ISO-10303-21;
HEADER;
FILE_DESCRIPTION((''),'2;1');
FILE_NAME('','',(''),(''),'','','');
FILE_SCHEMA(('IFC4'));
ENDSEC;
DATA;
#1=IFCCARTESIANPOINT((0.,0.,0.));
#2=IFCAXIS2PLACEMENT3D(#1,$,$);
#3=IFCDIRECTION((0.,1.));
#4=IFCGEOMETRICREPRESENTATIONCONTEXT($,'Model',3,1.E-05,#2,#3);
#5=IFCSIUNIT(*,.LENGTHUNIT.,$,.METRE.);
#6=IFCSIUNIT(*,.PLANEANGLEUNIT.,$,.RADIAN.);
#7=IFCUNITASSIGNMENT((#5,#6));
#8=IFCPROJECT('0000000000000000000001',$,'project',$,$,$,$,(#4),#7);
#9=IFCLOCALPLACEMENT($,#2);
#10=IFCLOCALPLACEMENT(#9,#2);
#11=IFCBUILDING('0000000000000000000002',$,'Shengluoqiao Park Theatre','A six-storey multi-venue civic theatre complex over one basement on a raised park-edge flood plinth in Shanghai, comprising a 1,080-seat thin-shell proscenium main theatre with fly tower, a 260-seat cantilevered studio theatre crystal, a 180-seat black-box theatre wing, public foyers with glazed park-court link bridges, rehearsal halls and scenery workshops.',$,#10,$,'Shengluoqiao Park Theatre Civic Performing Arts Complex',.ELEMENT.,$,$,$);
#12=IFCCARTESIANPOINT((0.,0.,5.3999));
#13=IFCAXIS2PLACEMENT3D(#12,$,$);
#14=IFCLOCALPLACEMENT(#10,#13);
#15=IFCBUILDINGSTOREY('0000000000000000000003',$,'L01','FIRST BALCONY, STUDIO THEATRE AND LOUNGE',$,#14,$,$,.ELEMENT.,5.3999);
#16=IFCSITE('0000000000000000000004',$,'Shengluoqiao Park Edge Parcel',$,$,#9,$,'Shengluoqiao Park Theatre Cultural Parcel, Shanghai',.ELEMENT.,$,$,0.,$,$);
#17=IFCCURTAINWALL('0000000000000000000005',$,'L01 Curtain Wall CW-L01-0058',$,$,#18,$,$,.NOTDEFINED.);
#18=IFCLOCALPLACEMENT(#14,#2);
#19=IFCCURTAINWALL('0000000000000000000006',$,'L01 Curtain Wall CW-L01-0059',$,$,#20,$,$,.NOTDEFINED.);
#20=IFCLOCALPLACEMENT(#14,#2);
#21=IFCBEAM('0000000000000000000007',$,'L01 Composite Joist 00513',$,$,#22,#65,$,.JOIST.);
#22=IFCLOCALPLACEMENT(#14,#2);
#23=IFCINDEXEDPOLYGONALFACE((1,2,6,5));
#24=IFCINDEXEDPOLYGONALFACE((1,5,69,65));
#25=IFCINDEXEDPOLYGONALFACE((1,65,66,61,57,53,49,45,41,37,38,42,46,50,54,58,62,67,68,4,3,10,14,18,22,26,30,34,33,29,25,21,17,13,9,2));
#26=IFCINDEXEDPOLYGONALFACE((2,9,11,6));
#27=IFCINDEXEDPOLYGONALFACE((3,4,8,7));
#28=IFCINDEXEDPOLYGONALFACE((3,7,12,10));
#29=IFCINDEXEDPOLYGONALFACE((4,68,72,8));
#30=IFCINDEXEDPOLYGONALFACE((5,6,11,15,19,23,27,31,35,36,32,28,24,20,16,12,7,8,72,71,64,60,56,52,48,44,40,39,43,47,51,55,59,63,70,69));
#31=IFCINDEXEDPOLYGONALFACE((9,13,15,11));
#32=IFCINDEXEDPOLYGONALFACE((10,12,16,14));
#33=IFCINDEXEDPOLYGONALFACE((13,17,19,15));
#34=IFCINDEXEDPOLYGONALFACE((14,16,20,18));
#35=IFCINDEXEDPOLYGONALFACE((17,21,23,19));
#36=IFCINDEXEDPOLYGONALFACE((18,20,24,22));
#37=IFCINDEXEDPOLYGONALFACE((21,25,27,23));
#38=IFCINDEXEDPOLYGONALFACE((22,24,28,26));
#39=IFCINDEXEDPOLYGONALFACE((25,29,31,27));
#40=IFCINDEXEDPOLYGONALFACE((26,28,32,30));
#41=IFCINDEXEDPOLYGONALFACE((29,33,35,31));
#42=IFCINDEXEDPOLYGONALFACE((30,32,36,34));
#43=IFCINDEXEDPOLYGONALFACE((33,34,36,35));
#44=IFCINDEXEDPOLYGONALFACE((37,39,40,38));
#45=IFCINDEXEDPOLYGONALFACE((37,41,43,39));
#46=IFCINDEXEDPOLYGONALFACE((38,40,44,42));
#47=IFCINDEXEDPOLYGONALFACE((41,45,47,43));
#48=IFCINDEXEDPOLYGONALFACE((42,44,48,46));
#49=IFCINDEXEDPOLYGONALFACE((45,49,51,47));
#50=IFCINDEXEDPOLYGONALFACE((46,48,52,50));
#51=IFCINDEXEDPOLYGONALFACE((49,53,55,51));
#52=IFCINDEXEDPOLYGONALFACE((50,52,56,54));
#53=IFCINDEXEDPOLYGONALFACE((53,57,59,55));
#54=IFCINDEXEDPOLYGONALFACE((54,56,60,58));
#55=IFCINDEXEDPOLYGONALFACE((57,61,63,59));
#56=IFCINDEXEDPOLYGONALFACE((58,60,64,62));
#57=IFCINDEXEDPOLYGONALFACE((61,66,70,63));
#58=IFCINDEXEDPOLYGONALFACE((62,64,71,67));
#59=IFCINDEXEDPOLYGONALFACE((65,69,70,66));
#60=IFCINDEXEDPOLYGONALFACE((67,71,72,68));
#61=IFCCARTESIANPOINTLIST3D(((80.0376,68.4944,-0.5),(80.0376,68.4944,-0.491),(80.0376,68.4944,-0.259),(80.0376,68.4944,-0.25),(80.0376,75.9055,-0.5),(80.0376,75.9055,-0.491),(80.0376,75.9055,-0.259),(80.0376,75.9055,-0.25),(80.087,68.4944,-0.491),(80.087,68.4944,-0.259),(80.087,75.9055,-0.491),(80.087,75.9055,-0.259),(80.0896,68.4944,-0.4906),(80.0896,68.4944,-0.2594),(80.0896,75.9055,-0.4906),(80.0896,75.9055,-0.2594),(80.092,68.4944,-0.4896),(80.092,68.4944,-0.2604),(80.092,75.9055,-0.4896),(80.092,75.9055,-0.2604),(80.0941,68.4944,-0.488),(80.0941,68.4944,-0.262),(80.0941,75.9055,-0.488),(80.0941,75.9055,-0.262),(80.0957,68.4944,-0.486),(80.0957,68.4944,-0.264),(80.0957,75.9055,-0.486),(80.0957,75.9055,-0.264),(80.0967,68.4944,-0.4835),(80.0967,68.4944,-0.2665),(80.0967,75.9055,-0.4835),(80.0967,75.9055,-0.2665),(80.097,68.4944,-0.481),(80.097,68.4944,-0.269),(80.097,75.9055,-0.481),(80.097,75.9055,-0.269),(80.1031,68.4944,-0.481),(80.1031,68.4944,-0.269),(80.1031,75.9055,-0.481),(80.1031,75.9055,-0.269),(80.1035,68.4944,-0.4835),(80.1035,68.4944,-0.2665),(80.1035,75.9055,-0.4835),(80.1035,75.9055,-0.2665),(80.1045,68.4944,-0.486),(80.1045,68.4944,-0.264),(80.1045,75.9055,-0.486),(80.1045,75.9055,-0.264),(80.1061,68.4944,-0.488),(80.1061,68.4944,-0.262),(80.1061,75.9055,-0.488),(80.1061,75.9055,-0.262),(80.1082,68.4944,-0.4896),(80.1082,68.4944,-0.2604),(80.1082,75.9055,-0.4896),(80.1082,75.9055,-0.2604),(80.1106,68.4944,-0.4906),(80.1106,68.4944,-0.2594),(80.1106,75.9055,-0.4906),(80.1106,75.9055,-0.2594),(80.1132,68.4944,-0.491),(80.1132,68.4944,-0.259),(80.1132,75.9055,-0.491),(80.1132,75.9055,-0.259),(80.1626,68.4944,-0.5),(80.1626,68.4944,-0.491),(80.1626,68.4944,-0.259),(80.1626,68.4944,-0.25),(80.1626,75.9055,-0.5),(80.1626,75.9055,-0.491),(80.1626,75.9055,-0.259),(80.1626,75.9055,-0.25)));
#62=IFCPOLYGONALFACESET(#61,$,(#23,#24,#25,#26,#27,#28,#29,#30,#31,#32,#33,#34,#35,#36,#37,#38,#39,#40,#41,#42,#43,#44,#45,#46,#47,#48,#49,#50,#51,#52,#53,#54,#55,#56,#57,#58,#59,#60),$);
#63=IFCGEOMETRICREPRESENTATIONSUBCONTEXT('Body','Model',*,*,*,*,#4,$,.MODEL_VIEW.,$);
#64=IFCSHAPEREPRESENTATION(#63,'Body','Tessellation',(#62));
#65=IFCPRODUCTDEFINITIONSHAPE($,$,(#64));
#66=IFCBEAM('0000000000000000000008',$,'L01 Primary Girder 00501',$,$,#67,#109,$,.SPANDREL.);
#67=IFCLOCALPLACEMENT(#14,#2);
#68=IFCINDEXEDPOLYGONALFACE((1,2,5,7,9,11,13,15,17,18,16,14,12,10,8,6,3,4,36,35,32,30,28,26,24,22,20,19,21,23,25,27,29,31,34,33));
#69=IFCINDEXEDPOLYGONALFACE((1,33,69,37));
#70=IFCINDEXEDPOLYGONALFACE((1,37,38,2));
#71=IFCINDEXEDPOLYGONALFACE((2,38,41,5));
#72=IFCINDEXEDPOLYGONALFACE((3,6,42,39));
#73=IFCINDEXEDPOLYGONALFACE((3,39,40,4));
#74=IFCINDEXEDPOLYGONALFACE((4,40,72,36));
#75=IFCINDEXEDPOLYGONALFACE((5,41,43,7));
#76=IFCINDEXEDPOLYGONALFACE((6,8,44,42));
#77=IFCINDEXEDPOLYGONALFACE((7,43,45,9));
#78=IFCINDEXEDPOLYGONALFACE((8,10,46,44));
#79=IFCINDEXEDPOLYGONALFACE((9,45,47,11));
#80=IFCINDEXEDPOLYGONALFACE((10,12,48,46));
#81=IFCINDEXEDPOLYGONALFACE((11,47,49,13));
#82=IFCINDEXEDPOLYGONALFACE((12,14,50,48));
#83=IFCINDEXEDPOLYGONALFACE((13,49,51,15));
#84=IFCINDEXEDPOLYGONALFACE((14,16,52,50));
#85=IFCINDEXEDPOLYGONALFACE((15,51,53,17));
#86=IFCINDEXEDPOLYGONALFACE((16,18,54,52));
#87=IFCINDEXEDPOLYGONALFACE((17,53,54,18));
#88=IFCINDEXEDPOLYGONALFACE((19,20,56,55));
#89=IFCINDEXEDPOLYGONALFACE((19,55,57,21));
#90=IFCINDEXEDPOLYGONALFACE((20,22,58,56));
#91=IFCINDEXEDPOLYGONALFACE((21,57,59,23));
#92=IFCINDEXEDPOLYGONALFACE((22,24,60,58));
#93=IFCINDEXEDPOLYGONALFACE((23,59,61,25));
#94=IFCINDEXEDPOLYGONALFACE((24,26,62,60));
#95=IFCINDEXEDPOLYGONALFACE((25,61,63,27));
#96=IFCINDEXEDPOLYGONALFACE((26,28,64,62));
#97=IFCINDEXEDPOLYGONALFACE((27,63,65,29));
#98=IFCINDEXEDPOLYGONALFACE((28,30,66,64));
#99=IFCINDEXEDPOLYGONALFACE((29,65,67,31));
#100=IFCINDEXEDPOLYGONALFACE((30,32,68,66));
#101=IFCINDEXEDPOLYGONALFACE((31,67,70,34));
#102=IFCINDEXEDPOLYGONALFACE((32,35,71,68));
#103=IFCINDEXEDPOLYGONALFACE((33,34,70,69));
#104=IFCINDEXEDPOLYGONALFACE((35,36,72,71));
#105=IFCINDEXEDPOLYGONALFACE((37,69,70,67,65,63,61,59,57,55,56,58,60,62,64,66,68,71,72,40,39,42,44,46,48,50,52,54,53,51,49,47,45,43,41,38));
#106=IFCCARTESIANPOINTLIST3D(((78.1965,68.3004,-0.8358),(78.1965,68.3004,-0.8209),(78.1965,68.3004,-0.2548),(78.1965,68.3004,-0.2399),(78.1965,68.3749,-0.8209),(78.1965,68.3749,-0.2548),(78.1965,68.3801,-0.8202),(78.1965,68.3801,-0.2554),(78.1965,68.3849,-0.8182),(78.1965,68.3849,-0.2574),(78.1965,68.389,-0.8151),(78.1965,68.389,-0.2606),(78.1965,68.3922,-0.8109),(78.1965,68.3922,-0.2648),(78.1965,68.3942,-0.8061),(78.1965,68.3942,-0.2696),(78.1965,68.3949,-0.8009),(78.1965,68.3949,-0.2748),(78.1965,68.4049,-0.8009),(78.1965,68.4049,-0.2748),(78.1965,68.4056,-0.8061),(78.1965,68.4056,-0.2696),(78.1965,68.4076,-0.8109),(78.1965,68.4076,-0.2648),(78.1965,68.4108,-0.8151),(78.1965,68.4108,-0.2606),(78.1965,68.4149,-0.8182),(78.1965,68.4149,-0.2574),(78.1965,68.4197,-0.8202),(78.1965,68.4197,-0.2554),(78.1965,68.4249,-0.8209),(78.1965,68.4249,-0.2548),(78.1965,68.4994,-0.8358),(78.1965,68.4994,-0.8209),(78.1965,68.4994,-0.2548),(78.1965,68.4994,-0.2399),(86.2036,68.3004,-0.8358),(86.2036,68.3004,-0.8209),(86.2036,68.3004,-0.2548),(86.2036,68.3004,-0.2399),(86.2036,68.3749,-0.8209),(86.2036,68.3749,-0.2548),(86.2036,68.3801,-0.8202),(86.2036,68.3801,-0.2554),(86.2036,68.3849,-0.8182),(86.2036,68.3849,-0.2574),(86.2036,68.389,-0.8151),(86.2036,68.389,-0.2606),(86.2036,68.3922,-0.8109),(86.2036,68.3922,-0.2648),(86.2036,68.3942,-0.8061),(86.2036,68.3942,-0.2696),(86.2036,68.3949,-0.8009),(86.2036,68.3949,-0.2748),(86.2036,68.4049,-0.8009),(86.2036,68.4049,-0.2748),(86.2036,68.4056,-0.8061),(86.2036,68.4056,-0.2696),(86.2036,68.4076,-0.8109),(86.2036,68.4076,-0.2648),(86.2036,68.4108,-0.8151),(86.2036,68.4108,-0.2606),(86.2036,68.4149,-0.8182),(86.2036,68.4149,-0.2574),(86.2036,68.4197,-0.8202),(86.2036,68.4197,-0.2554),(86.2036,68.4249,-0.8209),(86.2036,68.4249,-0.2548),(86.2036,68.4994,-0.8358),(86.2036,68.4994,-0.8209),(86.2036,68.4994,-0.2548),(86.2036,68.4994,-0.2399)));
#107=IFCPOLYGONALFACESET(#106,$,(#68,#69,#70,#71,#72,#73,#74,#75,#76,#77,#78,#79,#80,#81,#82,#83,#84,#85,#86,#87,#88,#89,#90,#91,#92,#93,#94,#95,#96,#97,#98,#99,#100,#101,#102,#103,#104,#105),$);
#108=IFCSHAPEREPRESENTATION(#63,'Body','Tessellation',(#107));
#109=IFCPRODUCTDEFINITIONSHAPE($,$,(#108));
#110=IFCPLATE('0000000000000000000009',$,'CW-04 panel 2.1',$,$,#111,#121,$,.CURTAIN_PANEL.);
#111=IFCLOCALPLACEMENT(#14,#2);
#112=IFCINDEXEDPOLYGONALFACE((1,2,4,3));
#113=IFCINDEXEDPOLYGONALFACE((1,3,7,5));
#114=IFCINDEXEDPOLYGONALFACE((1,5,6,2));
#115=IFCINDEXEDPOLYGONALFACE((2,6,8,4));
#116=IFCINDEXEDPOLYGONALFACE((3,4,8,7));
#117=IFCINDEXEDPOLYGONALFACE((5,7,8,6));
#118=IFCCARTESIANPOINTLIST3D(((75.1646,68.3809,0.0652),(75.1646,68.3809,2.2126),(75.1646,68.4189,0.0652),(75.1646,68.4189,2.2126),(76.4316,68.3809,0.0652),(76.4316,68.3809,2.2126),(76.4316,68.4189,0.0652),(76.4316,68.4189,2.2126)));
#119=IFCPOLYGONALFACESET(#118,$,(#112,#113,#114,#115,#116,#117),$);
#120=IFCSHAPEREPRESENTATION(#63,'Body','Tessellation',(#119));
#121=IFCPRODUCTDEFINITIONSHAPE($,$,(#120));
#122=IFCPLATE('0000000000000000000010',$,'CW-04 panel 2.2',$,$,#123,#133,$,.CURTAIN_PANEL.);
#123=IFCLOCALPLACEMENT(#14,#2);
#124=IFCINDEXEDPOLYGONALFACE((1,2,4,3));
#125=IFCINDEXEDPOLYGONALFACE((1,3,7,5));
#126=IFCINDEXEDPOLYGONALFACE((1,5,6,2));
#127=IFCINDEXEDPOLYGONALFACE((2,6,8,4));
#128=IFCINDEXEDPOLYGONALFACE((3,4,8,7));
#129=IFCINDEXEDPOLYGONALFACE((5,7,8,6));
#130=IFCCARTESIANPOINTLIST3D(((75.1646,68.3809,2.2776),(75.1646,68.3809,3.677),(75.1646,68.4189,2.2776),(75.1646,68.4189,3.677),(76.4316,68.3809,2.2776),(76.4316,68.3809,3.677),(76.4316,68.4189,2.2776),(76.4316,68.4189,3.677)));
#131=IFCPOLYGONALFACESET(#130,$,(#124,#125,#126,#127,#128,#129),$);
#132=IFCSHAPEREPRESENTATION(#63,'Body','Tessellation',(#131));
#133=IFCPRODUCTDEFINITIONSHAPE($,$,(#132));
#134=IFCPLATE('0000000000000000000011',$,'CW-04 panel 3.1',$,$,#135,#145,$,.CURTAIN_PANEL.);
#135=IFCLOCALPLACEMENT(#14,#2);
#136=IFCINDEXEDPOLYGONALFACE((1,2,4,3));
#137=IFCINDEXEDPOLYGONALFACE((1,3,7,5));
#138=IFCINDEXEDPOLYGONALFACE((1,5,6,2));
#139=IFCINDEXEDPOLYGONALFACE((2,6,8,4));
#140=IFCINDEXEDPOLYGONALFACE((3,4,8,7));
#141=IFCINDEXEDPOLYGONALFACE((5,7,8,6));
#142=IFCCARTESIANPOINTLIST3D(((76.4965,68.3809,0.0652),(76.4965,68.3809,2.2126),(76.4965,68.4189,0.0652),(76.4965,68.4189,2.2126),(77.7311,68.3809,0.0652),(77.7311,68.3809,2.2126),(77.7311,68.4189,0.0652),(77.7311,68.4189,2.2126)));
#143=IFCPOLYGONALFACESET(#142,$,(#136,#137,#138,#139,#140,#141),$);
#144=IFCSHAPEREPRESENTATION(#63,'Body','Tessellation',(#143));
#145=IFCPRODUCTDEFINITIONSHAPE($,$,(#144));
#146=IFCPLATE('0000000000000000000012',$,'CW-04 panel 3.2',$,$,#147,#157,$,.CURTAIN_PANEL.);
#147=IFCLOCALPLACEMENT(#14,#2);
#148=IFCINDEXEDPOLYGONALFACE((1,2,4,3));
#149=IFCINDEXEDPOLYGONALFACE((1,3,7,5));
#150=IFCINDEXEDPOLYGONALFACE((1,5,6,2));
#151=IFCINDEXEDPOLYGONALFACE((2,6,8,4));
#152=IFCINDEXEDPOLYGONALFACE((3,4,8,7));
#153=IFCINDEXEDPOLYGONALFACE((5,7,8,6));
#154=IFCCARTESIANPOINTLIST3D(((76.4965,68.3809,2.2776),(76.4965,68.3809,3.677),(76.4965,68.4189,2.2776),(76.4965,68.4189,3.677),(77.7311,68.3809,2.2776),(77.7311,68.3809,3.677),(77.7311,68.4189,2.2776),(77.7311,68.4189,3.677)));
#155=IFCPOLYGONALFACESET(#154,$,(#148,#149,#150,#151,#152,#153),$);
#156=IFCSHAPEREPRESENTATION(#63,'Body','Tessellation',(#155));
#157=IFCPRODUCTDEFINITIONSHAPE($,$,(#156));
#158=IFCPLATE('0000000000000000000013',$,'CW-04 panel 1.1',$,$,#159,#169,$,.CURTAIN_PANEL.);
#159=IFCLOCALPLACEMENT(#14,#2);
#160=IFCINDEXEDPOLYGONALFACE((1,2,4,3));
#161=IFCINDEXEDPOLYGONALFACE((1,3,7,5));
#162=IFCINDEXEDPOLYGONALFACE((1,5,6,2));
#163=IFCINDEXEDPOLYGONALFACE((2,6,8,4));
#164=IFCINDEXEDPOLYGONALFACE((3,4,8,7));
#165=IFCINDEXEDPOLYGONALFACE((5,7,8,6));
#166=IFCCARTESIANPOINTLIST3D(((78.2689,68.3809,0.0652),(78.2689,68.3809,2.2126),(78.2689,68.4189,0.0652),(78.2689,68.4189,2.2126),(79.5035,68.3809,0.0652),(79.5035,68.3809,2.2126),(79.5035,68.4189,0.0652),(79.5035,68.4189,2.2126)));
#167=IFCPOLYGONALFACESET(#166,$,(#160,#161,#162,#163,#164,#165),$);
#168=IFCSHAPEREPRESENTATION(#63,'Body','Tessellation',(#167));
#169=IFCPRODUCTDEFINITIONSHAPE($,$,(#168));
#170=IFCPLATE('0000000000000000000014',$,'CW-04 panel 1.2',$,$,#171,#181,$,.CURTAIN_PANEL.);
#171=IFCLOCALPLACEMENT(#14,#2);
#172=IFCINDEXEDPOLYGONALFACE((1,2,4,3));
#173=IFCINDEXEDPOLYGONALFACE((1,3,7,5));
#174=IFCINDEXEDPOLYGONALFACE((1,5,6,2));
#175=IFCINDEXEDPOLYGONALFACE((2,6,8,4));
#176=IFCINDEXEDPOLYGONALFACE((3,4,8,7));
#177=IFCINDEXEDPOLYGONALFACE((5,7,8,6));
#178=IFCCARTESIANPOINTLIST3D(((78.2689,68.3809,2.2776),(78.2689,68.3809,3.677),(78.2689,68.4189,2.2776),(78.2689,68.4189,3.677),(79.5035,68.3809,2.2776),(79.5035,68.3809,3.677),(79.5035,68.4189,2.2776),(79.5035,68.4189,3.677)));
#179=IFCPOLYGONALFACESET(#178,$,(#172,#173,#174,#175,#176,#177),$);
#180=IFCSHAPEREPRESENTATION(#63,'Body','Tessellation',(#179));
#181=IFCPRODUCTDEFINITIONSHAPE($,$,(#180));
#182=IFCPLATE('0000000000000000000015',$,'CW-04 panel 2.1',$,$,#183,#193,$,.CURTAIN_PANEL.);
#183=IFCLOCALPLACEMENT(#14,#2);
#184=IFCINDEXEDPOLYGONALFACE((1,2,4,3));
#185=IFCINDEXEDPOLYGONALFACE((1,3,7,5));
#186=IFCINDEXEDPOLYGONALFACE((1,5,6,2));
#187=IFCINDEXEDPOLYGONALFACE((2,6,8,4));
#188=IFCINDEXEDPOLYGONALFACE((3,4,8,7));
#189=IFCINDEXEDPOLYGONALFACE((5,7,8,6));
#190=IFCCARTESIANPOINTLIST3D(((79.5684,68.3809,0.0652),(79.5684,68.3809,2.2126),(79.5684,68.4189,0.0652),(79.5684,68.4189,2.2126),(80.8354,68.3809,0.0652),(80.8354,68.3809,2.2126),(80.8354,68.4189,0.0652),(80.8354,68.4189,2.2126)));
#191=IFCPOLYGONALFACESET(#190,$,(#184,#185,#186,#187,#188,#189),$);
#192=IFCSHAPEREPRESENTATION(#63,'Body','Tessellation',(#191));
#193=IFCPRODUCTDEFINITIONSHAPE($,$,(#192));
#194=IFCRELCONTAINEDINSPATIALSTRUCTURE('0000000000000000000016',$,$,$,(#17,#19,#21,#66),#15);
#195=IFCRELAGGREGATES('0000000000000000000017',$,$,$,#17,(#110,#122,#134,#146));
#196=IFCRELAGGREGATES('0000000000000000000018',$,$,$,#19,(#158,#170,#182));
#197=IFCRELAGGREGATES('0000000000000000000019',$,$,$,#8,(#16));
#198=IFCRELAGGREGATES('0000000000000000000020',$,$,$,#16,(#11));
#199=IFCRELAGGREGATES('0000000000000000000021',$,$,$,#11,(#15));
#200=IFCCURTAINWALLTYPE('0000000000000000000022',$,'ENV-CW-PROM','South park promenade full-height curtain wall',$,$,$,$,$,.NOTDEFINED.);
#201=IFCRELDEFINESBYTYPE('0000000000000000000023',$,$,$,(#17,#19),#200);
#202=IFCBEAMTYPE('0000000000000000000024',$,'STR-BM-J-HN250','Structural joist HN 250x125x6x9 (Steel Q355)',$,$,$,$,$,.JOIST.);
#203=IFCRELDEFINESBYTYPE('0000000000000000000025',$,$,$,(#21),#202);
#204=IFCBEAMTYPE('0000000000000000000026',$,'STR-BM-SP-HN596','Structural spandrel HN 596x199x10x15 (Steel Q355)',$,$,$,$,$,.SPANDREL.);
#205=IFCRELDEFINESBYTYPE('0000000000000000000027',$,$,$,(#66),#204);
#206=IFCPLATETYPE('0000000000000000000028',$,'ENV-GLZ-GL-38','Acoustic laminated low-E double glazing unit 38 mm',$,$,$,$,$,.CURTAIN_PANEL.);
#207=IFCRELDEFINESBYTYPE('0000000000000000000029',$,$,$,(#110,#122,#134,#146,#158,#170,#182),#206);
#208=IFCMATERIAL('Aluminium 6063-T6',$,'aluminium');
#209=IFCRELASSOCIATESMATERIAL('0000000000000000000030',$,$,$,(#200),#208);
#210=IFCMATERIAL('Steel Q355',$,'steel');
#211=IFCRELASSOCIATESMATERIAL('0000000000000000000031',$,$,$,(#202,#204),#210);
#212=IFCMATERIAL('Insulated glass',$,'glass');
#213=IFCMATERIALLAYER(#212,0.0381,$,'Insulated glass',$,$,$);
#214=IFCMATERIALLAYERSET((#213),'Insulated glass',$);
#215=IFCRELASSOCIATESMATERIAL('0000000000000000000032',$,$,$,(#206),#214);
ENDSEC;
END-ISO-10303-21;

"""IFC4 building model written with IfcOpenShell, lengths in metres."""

from ifc_helpers import new_model, si_unit, direction, frame, origin, origin_2d, place, context, subcontext, project, spatial, rectangle, i_section, extrude, material, layer, layer_set, material_profile, profile_set, type_object, element, aggregate, save


model = new_model("IFC4")

# Units and contexts
model_context = context("Model", 3, precision=1e-05, world=origin(), true_north=direction((0.0, 1.0)))
body_context = subcontext(model_context, "Body", "Model", "MODEL_VIEW")
ifc_project = project(units=[si_unit("LENGTHUNIT", "METRE"), si_unit("PLANEANGLEUNIT", "RADIAN")], contexts=[model_context])

# Site, building, storey
site_placement = place(None, origin())
site = spatial("IfcSite", under=ifc_project, at=site_placement, Name="Shengluoqiao Park Edge Parcel", LongName="Shengluoqiao Park Theatre Cultural Parcel, Shanghai", CompositionType="ELEMENT", RefElevation=0.0)
building_placement = place(site_placement, origin())
building = spatial("IfcBuilding", under=site, at=building_placement, Name="Shengluoqiao Park Theatre", Description="A six-storey multi-venue civic theatre complex over one basement on a raised park-edge flood plinth in Shanghai, comprising a 1,080-seat thin-shell proscenium main theatre with fly tower, a 260-seat cantilevered studio theatre crystal, a 180-seat black-box theatre wing, public foyers with glazed park-court link bridges, rehearsal halls and scenery workshops.", LongName="Shengluoqiao Park Theatre Civic Performing Arts Complex", CompositionType="ELEMENT")
storey_placement = place(building_placement, frame((0.0, 0.0, 5.3999)))
storey = spatial("IfcBuildingStorey", under=building, at=storey_placement, Name="L01", Description="FIRST BALCONY, STUDIO THEATRE AND LOUNGE", CompositionType="ELEMENT", Elevation=5.3999)

# Shared definitions
ifc_material_1 = material(Name="Steel Q355", Category="steel")

# Curtain walls
ifc_material_2 = material(Name="Aluminium 6063-T6", Category="aluminium")
curtain_wall_type = type_object("IfcCurtainWallType", Name="ENV-CW-PROM", Description="South park promenade full-height curtain wall", PredefinedType="NOTDEFINED", material=ifc_material_2)
curtain_wall_1_placement = place(storey_placement, origin())
curtain_wall_1 = element("IfcCurtainWall", 1, at=curtain_wall_1_placement, inside=storey, type_object=curtain_wall_type, Name="L01 Curtain Wall CW-L01-0058", PredefinedType="NOTDEFINED")
curtain_wall_2_placement = place(storey_placement, origin())
curtain_wall_2 = element("IfcCurtainWall", 2, at=curtain_wall_2_placement, inside=storey, type_object=curtain_wall_type, Name="L01 Curtain Wall CW-L01-0059", PredefinedType="NOTDEFINED")

# Beams
ifc_material_profile_1 = material_profile(ifc_material_1, i_section(OverallWidth=0.125, OverallDepth=0.25, WebThickness=0.0061, FlangeThickness=0.009, FilletRadius=0.01, at=origin_2d()), Name="HN 250x125x6x9")
ifc_profile_set_1 = profile_set([ifc_material_profile_1], Name="Steel Q355")
beam_type_1 = type_object("IfcBeamType", Name="STR-BM-J-HN250", Description="Structural joist HN 250x125x6x9 (Steel Q355)", PredefinedType="JOIST", material=ifc_profile_set_1)
beam_1_placement = place(storey_placement, frame((80.1001, 68.4944, -0.375), z_axis=(0.0, 1.0, 0.0), x_axis=(-1.0, 0.0, 0.0)))
element("IfcBeam", 3, at=beam_1_placement, inside=storey, type_object=beam_type_1, Name="L01 Composite Joist 00513", PredefinedType="JOIST", context=body_context, shape_type="SweptSolid", body=[
    extrude(i_section(OverallWidth=0.125, OverallDepth=0.25, WebThickness=0.0061, FlangeThickness=0.009, FilletRadius=0.01, at=origin_2d()), origin(), (0.0, 0.0, 1.0), 7.4111),
])
ifc_material_profile_2 = material_profile(ifc_material_1, i_section(OverallWidth=0.199, OverallDepth=0.5959, WebThickness=0.01, FlangeThickness=0.0149, FilletRadius=0.02, at=origin_2d()), Name="HN 596x199x10x15")
ifc_profile_set_2 = profile_set([ifc_material_profile_2], Name="Steel Q355")
beam_type_2 = type_object("IfcBeamType", Name="STR-BM-SP-HN596", Description="Structural spandrel HN 596x199x10x15 (Steel Q355)", PredefinedType="SPANDREL", material=ifc_profile_set_2)
beam_2_placement = place(storey_placement, frame((78.1965, 68.3999, -0.5378), z_axis=(1.0, 0.0, 0.0), x_axis=(0.0, 1.0, 0.0)))
element("IfcBeam", 4, at=beam_2_placement, inside=storey, type_object=beam_type_2, Name="L01 Primary Girder 00501", PredefinedType="SPANDREL", context=body_context, shape_type="SweptSolid", body=[
    extrude(i_section(OverallWidth=0.199, OverallDepth=0.5959, WebThickness=0.01, FlangeThickness=0.0149, FilletRadius=0.02, at=origin_2d()), origin(), (0.0, 0.0, 1.0), 8.0071),
])

# Plates
ifc_material_3 = material(Name="Insulated glass", Category="glass")
ifc_layer_1 = layer(ifc_material_3, 0.0381, Name="Insulated glass")
ifc_layer_set_1 = layer_set([ifc_layer_1], Name="Insulated glass")
plate_type = type_object("IfcPlateType", Name="ENV-GLZ-GL-38", Description="Acoustic laminated low-E double glazing unit 38 mm", PredefinedType="CURTAIN_PANEL", material=ifc_layer_set_1)
plate_1_placement = place(storey_placement, frame((75.7981, 68.3999, 0.0652), z_axis=(0.0, 0.0, 1.0), x_axis=(1.0, 0.0, 0.0)))
plate_1 = element("IfcPlate", 5, at=plate_1_placement, type_object=plate_type, Name="CW-04 panel 2.1", PredefinedType="CURTAIN_PANEL", context=body_context, shape_type="SweptSolid", body=[
    extrude(rectangle(XDim=1.2671, YDim=0.0381, at=origin_2d()), origin(), (0.0, 0.0, 1.0), 2.1475),
])
plate_2_placement = place(storey_placement, frame((75.7981, 68.3999, 2.2776), z_axis=(0.0, 0.0, 1.0), x_axis=(1.0, 0.0, 0.0)))
plate_2 = element("IfcPlate", 6, at=plate_2_placement, type_object=plate_type, Name="CW-04 panel 2.2", PredefinedType="CURTAIN_PANEL", context=body_context, shape_type="SweptSolid", body=[
    extrude(rectangle(XDim=1.2671, YDim=0.0381, at=origin_2d()), origin(), (0.0, 0.0, 1.0), 1.3994),
])
plate_3_placement = place(storey_placement, frame((77.1138, 68.3999, 0.0652), z_axis=(0.0, 0.0, 1.0), x_axis=(1.0, 0.0, 0.0)))
plate_3 = element("IfcPlate", 7, at=plate_3_placement, type_object=plate_type, Name="CW-04 panel 3.1", PredefinedType="CURTAIN_PANEL", context=body_context, shape_type="SweptSolid", body=[
    extrude(rectangle(XDim=1.2346, YDim=0.0381, at=origin_2d()), origin(), (0.0, 0.0, 1.0), 2.1475),
])
plate_4_placement = place(storey_placement, frame((77.1138, 68.3999, 2.2776), z_axis=(0.0, 0.0, 1.0), x_axis=(1.0, 0.0, 0.0)))
plate_4 = element("IfcPlate", 8, at=plate_4_placement, type_object=plate_type, Name="CW-04 panel 3.2", PredefinedType="CURTAIN_PANEL", context=body_context, shape_type="SweptSolid", body=[
    extrude(rectangle(XDim=1.2346, YDim=0.0381, at=origin_2d()), origin(), (0.0, 0.0, 1.0), 1.3994),
])
aggregate(curtain_wall_1, [plate_1, plate_2, plate_3, plate_4])
plate_5_placement = place(storey_placement, frame((78.8862, 68.3999, 0.0652), z_axis=(0.0, 0.0, 1.0), x_axis=(1.0, 0.0, 0.0)))
plate_5 = element("IfcPlate", 9, at=plate_5_placement, type_object=plate_type, Name="CW-04 panel 1.1", PredefinedType="CURTAIN_PANEL", context=body_context, shape_type="SweptSolid", body=[
    extrude(rectangle(XDim=1.2346, YDim=0.0381, at=origin_2d()), origin(), (0.0, 0.0, 1.0), 2.1475),
])
plate_6_placement = place(storey_placement, frame((78.8862, 68.3999, 2.2776), z_axis=(0.0, 0.0, 1.0), x_axis=(1.0, 0.0, 0.0)))
plate_6 = element("IfcPlate", 10, at=plate_6_placement, type_object=plate_type, Name="CW-04 panel 1.2", PredefinedType="CURTAIN_PANEL", context=body_context, shape_type="SweptSolid", body=[
    extrude(rectangle(XDim=1.2346, YDim=0.0381, at=origin_2d()), origin(), (0.0, 0.0, 1.0), 1.3994),
])
plate_7_placement = place(storey_placement, frame((80.2019, 68.3999, 0.0652), z_axis=(0.0, 0.0, 1.0), x_axis=(1.0, 0.0, 0.0)))
plate_7 = element("IfcPlate", 11, at=plate_7_placement, type_object=plate_type, Name="CW-04 panel 2.1", PredefinedType="CURTAIN_PANEL", context=body_context, shape_type="SweptSolid", body=[
    extrude(rectangle(XDim=1.2671, YDim=0.0381, at=origin_2d()), origin(), (0.0, 0.0, 1.0), 2.1475),
])
aggregate(curtain_wall_2, [plate_5, plate_6, plate_7])

save(model, "model.ifc")
